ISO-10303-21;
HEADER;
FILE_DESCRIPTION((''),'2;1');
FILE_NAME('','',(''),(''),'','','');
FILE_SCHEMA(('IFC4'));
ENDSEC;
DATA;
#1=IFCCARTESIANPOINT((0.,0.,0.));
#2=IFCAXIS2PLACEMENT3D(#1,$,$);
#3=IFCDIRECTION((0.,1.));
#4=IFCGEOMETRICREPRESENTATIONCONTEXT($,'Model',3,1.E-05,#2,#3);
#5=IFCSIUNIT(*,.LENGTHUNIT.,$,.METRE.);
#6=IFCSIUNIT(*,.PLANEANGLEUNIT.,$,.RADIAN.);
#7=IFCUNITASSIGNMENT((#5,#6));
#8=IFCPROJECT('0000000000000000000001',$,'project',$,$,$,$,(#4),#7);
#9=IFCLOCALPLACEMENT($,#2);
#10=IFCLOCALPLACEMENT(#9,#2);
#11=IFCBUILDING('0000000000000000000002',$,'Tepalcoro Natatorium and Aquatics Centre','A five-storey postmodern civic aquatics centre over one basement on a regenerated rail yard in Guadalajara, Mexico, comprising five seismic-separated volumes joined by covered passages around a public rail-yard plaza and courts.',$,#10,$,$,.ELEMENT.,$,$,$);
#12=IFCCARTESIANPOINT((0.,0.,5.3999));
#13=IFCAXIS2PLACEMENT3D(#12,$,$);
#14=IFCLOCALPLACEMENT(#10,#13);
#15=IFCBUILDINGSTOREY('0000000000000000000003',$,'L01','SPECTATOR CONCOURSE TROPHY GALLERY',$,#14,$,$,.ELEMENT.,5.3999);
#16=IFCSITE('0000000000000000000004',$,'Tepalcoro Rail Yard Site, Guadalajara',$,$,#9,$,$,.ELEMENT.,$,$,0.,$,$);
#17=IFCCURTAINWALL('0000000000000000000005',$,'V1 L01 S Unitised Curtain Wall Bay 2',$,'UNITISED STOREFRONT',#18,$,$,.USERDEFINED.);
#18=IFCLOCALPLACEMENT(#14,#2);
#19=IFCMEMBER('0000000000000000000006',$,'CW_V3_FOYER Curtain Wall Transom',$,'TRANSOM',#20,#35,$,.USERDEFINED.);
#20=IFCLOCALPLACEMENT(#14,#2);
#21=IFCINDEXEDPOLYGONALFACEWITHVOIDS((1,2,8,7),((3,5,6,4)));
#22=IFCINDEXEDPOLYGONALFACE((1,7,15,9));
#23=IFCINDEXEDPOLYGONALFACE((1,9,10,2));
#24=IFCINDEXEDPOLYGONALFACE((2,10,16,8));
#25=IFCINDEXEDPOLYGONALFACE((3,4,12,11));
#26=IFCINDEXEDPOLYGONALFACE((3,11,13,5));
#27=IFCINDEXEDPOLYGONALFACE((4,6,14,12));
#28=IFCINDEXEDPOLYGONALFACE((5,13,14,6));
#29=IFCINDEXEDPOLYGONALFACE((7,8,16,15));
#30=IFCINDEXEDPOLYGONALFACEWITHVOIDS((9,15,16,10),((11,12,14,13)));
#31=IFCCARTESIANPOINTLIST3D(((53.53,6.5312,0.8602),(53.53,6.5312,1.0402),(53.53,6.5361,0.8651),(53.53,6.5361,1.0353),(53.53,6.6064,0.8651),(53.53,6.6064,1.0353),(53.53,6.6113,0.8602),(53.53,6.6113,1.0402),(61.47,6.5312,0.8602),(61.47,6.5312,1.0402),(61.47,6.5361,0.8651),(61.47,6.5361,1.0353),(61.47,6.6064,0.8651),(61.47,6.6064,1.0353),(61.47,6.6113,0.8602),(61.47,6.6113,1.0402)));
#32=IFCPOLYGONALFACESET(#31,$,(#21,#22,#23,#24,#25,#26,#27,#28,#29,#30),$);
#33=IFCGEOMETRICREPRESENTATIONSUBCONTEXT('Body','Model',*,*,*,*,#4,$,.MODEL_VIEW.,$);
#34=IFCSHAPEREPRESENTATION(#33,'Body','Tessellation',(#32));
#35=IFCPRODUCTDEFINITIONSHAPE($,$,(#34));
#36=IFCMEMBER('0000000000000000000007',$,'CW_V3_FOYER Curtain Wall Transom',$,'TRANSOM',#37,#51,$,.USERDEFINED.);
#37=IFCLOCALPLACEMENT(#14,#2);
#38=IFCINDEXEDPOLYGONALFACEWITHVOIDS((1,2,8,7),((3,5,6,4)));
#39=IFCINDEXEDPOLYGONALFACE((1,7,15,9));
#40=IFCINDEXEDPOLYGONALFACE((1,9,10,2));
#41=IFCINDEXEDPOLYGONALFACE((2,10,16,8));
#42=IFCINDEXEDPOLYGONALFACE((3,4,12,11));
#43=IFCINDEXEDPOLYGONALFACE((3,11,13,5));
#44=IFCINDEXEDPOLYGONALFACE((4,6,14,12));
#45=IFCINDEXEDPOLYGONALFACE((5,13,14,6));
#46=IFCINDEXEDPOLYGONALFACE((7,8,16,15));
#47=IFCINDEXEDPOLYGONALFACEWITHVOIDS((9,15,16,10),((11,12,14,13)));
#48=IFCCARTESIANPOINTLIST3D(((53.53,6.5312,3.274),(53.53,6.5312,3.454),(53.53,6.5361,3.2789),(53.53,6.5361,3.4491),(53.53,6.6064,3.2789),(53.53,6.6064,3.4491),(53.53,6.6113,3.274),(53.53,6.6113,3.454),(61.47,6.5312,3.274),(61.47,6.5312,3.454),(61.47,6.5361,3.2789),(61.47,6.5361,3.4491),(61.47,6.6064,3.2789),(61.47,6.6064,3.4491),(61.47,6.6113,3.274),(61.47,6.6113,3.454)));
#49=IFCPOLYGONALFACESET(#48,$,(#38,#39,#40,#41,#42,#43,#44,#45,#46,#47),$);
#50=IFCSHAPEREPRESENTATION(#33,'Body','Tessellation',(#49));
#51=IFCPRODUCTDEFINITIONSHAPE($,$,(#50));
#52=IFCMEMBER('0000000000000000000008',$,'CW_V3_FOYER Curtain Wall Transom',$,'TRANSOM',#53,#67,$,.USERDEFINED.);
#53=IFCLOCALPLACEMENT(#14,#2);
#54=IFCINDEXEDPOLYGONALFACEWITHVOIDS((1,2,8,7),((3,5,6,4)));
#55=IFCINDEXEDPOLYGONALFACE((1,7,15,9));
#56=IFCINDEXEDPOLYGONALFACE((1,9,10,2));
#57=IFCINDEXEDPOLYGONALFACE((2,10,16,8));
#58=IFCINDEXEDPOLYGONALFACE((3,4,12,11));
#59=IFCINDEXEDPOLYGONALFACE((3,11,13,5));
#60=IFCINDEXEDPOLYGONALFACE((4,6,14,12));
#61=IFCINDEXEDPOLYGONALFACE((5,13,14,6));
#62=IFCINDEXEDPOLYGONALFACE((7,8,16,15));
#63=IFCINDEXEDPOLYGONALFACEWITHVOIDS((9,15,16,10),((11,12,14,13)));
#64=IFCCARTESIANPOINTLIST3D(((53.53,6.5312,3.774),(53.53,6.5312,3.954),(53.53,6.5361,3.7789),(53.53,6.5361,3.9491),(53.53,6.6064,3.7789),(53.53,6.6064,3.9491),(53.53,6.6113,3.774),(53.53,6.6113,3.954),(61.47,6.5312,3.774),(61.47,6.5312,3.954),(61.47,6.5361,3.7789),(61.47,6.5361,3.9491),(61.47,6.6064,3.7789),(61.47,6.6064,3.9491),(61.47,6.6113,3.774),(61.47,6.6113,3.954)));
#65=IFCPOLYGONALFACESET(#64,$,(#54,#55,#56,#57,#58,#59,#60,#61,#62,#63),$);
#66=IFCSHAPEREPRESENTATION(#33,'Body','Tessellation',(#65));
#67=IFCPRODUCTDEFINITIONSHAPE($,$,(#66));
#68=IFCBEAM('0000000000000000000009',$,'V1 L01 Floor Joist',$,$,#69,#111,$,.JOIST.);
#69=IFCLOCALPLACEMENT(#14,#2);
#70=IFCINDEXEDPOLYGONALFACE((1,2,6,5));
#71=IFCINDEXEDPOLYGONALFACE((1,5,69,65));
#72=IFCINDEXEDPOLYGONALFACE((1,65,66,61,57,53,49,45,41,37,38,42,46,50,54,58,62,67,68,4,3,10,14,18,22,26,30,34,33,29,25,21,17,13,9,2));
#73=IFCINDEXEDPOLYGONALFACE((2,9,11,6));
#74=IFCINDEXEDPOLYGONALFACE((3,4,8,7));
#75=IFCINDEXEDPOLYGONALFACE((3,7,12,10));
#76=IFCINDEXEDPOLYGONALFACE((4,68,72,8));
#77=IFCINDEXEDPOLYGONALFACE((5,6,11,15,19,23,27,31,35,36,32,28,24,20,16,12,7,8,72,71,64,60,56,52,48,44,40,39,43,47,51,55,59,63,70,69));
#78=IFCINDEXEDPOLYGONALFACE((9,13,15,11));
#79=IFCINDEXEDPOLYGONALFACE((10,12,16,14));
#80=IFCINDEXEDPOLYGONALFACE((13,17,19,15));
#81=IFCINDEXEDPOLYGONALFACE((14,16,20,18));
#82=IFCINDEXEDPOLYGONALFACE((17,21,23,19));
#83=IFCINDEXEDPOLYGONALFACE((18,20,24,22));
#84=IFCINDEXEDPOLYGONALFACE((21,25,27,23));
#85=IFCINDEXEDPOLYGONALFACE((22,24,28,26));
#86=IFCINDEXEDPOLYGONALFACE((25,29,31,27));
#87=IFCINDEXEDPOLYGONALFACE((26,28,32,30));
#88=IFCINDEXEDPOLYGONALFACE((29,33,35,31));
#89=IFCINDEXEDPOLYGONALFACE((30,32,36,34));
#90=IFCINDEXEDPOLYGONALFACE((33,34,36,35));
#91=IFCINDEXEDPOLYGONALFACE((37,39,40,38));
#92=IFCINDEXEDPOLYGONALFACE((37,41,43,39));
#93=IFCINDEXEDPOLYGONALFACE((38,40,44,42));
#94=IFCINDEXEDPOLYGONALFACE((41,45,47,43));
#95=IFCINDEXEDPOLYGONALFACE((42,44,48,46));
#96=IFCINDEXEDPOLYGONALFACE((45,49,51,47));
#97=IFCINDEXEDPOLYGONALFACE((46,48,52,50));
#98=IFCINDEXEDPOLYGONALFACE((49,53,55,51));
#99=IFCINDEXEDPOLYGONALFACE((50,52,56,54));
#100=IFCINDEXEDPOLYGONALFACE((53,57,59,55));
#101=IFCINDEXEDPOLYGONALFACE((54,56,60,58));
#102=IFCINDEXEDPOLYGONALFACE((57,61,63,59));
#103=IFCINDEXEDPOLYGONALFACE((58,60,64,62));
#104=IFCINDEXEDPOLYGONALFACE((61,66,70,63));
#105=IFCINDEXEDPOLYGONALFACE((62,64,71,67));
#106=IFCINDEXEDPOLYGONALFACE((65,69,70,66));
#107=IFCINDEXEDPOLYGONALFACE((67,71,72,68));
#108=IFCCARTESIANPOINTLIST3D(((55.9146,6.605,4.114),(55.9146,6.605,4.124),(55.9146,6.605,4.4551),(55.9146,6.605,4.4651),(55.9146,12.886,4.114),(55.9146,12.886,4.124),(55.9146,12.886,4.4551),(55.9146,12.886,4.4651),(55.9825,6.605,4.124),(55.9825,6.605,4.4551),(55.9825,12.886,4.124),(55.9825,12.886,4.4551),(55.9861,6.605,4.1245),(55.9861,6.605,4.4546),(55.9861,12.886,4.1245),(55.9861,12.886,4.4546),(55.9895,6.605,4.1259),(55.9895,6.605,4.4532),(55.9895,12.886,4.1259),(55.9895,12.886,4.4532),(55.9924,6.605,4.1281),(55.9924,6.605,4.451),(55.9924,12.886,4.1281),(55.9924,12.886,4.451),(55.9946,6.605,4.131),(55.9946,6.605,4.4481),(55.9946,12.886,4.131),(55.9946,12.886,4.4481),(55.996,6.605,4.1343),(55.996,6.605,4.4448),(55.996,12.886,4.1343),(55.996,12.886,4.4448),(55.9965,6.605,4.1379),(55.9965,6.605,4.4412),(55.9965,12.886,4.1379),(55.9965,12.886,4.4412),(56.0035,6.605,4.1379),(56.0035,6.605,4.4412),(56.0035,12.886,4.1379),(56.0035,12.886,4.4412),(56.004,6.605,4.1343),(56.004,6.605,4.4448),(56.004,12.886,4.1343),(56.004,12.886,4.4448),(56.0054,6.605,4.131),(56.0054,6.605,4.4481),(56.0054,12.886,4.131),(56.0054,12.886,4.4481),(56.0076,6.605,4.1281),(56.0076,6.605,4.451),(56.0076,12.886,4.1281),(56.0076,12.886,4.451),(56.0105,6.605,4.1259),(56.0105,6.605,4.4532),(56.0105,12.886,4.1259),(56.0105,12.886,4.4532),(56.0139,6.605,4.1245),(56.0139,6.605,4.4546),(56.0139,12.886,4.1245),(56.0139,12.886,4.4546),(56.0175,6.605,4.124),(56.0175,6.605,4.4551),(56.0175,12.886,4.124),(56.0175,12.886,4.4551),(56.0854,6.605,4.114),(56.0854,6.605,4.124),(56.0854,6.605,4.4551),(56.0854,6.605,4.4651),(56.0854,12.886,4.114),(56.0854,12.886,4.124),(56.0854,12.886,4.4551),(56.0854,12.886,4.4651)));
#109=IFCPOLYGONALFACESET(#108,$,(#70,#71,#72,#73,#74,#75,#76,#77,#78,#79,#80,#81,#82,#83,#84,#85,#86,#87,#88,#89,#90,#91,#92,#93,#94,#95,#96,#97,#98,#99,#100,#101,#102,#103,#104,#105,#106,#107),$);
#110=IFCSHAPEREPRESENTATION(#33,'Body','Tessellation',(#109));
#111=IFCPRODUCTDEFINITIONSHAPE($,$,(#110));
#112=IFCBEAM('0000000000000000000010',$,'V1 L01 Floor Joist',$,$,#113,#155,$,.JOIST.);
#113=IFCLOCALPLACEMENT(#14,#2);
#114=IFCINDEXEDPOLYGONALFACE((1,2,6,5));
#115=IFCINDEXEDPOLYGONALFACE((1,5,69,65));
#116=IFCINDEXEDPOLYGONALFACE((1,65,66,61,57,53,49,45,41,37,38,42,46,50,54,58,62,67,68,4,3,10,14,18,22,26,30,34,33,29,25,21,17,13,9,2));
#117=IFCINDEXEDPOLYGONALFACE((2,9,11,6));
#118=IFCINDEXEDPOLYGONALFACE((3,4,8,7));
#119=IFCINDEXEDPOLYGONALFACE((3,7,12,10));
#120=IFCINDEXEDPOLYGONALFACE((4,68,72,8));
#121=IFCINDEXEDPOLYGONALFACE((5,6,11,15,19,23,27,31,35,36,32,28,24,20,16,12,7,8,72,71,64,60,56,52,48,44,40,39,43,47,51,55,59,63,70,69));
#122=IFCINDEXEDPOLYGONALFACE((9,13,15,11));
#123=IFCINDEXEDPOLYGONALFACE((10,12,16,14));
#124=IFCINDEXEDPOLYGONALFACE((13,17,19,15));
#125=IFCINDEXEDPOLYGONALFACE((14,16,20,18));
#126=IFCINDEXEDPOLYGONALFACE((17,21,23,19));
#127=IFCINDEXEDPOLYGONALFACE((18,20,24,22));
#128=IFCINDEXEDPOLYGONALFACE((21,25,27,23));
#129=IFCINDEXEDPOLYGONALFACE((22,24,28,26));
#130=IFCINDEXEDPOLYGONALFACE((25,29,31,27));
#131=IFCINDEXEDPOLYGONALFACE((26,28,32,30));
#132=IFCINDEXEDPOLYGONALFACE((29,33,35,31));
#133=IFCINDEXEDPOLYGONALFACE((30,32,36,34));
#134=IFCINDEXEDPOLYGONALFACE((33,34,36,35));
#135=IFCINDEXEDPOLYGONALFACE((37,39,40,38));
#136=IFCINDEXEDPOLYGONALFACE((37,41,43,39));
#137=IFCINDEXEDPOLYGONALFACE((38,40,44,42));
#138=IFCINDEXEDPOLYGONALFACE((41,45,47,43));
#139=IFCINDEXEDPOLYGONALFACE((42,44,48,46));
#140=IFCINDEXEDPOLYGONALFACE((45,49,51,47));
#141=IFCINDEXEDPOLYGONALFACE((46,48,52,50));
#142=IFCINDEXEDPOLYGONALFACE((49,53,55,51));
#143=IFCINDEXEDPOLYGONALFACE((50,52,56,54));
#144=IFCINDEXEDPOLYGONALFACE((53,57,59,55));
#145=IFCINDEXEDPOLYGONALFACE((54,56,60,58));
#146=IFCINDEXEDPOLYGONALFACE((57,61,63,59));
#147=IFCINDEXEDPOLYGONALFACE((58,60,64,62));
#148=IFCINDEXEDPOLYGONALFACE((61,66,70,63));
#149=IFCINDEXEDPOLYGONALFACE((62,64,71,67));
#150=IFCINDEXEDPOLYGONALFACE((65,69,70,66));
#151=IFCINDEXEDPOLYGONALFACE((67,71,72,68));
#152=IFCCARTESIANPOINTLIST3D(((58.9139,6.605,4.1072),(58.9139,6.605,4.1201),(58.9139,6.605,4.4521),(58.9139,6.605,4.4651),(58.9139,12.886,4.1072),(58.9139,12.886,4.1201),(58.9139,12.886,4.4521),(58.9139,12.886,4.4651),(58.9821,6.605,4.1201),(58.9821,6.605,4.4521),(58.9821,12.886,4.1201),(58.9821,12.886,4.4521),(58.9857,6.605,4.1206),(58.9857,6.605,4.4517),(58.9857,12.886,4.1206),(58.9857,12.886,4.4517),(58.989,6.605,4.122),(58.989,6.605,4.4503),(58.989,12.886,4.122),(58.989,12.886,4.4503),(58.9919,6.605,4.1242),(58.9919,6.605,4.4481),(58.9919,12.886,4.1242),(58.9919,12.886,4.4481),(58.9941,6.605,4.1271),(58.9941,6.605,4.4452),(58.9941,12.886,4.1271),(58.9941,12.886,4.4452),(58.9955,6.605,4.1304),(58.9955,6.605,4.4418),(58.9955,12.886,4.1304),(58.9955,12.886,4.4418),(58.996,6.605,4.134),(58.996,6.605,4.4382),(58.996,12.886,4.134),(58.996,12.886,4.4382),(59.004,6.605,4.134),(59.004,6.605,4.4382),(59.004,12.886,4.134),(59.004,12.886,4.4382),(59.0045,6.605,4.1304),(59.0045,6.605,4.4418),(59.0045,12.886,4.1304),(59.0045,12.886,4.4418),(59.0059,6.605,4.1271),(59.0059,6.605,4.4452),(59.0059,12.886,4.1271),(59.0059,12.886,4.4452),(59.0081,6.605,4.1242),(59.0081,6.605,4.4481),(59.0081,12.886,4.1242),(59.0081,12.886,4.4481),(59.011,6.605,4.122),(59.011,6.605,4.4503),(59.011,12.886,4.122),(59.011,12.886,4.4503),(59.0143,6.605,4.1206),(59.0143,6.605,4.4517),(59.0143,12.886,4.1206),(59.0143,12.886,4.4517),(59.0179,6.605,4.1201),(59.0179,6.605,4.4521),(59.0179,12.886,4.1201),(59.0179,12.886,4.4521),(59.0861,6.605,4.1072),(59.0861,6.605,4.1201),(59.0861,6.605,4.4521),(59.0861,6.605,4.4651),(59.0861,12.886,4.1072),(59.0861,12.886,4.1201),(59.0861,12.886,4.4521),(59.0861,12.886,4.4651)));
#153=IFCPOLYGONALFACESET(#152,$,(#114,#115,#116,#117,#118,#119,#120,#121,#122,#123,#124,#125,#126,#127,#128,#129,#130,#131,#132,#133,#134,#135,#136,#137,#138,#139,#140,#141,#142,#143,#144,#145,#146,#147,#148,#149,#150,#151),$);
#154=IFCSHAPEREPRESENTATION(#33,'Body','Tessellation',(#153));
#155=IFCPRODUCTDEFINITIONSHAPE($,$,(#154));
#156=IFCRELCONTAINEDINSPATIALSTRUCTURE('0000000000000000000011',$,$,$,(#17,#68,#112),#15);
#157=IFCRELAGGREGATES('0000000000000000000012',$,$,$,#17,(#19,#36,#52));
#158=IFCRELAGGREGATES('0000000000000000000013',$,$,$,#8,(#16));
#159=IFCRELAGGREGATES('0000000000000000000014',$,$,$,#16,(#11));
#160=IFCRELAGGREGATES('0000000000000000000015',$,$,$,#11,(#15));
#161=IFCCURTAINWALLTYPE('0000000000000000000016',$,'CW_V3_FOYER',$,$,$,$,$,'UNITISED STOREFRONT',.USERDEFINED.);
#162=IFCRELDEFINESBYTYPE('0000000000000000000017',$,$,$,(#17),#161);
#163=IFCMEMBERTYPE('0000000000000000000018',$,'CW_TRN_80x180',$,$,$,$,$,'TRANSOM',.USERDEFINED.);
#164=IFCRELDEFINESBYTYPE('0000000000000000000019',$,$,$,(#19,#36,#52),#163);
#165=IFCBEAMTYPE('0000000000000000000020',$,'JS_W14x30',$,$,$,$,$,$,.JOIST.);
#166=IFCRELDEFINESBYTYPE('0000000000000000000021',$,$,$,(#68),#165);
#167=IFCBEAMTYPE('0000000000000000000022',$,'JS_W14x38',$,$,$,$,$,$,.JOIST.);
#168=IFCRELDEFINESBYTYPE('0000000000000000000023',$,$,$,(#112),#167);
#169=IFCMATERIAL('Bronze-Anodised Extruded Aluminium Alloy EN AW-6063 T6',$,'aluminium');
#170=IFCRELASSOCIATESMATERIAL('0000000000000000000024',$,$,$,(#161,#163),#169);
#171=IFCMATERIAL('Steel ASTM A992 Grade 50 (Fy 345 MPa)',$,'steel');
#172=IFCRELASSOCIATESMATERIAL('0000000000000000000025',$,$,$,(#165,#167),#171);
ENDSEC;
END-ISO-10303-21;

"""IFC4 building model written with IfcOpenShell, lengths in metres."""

from ifc_helpers import new_model, si_unit, direction, frame, origin, origin_2d, place, context, subcontext, project, spatial, hollow_rectangle, i_section, extrude, material, material_profile, profile_set, type_object, element, aggregate, save


model = new_model("IFC4")

# Units and contexts
model_context = context("Model", 3, precision=1e-05, world=origin(), true_north=direction((0.0, 1.0)))
body_context = subcontext(model_context, "Body", "Model", "MODEL_VIEW")
ifc_project = project(units=[si_unit("LENGTHUNIT", "METRE"), si_unit("PLANEANGLEUNIT", "RADIAN")], contexts=[model_context])

# Site, building, storey
site_placement = place(None, origin())
site = spatial("IfcSite", under=ifc_project, at=site_placement, Name="Tepalcoro Rail Yard Site, Guadalajara", CompositionType="ELEMENT", RefElevation=0.0)
building_placement = place(site_placement, origin())
building = spatial("IfcBuilding", under=site, at=building_placement, Name="Tepalcoro Natatorium and Aquatics Centre", Description="A five-storey postmodern civic aquatics centre over one basement on a regenerated rail yard in Guadalajara, Mexico, comprising five seismic-separated volumes joined by covered passages around a public rail-yard plaza and courts.", CompositionType="ELEMENT")
storey_placement = place(building_placement, frame((0.0, 0.0, 5.3999)))
storey = spatial("IfcBuildingStorey", under=building, at=storey_placement, Name="L01", Description="SPECTATOR CONCOURSE TROPHY GALLERY", CompositionType="ELEMENT", Elevation=5.3999)

# Shared definitions
ifc_material_1 = material(Name="Steel ASTM A992 Grade 50 (Fy 345 MPa)", Category="steel")

# Curtain wall, members
ifc_material_2 = material(Name="Bronze-Anodised Extruded Aluminium Alloy EN AW-6063 T6", Category="aluminium")
curtain_wall_type = type_object("IfcCurtainWallType", Name="CW_V3_FOYER", ElementType="UNITISED STOREFRONT", PredefinedType="USERDEFINED", material=ifc_material_2)
curtain_wall_placement = place(storey_placement, origin())
curtain_wall = element("IfcCurtainWall", 1, at=curtain_wall_placement, inside=storey, type_object=curtain_wall_type, Name="V1 L01 S Unitised Curtain Wall Bay 2", ObjectType="UNITISED STOREFRONT", PredefinedType="USERDEFINED")
ifc_material_profile_1 = material_profile(ifc_material_2, hollow_rectangle(XDim=0.0801, YDim=0.1799, WallThickness=0.0049, at=origin_2d()), Name="AL80X180X5")
ifc_profile_set_1 = profile_set([ifc_material_profile_1], Name="Bronze-Anodised Extruded Aluminium Alloy EN AW-6063 T6")
member_type_1 = type_object("IfcMemberType", Name="CW_TRN_80x180", ElementType="TRANSOM", PredefinedType="USERDEFINED", material=ifc_profile_set_1)
member_1_placement = place(storey_placement, frame((53.53, 6.5713, 0.9502), z_axis=(1.0, 0.0, 0.0), x_axis=(0.0, 1.0, 0.0)))
member_1 = element("IfcMember", 2, at=member_1_placement, type_object=member_type_1, Name="CW_V3_FOYER Curtain Wall Transom", ObjectType="TRANSOM", PredefinedType="USERDEFINED", context=body_context, shape_type="SweptSolid", body=[
    extrude(hollow_rectangle(XDim=0.0801, YDim=0.1799, WallThickness=0.0049, at=origin_2d()), origin(), (0.0, 0.0, 1.0), 7.9399),
])
member_2_placement = place(storey_placement, frame((53.53, 6.5713, 3.364), z_axis=(1.0, 0.0, 0.0), x_axis=(0.0, 1.0, 0.0)))
member_2 = element("IfcMember", 3, at=member_2_placement, type_object=member_type_1, Name="CW_V3_FOYER Curtain Wall Transom", ObjectType="TRANSOM", PredefinedType="USERDEFINED", context=body_context, shape_type="SweptSolid", body=[
    extrude(hollow_rectangle(XDim=0.0801, YDim=0.1799, WallThickness=0.0049, at=origin_2d()), origin(), (0.0, 0.0, 1.0), 7.9399),
])
member_3_placement = place(storey_placement, frame((53.53, 6.5713, 3.864), z_axis=(1.0, 0.0, 0.0), x_axis=(0.0, 1.0, 0.0)))
member_3 = element("IfcMember", 4, at=member_3_placement, type_object=member_type_1, Name="CW_V3_FOYER Curtain Wall Transom", ObjectType="TRANSOM", PredefinedType="USERDEFINED", context=body_context, shape_type="SweptSolid", body=[
    extrude(hollow_rectangle(XDim=0.0801, YDim=0.1799, WallThickness=0.0049, at=origin_2d()), origin(), (0.0, 0.0, 1.0), 7.9399),
])

# Beams
ifc_material_profile_2 = material_profile(ifc_material_1, i_section(OverallWidth=0.1709, OverallDepth=0.3511, WebThickness=0.0071, FlangeThickness=0.01, FilletRadius=0.0139, at=origin_2d()), Name="W14X30")
ifc_profile_set_2 = profile_set([ifc_material_profile_2], Name="Steel ASTM A992 Grade 50 (Fy 345 MPa)")
beam_type_1 = type_object("IfcBeamType", Name="JS_W14x30", PredefinedType="JOIST", material=ifc_profile_set_2)
beam_1_placement = place(storey_placement, frame((56.0, 6.605, 4.2896), z_axis=(0.0, 1.0, 0.0), x_axis=(-1.0, 0.0, 0.0)))
element("IfcBeam", 5, at=beam_1_placement, inside=storey, type_object=beam_type_1, Name="V1 L01 Floor Joist", PredefinedType="JOIST", context=body_context, shape_type="SweptSolid", body=[
    extrude(i_section(OverallWidth=0.1709, OverallDepth=0.3511, WebThickness=0.0071, FlangeThickness=0.01, FilletRadius=0.0139, at=origin_2d()), origin(), (0.0, 0.0, 1.0), 6.281),
])
ifc_material_profile_3 = material_profile(ifc_material_1, i_section(OverallWidth=0.1721, OverallDepth=0.3579, WebThickness=0.0081, FlangeThickness=0.0129, FilletRadius=0.0139, at=origin_2d()), Name="W14X38")
ifc_profile_set_3 = profile_set([ifc_material_profile_3], Name="Steel ASTM A992 Grade 50 (Fy 345 MPa)")
beam_type_2 = type_object("IfcBeamType", Name="JS_W14x38", PredefinedType="JOIST", material=ifc_profile_set_3)
beam_2_placement = place(storey_placement, frame((59.0, 6.605, 4.2861), z_axis=(0.0, 1.0, 0.0), x_axis=(-1.0, 0.0, 0.0)))
element("IfcBeam", 6, at=beam_2_placement, inside=storey, type_object=beam_type_2, Name="V1 L01 Floor Joist", PredefinedType="JOIST", context=body_context, shape_type="SweptSolid", body=[
    extrude(i_section(OverallWidth=0.1721, OverallDepth=0.3579, WebThickness=0.0081, FlangeThickness=0.0129, FilletRadius=0.0139, at=origin_2d()), origin(), (0.0, 0.0, 1.0), 6.281),
])

aggregate(curtain_wall, [member_1, member_2, member_3])

save(model, "model.ifc")
